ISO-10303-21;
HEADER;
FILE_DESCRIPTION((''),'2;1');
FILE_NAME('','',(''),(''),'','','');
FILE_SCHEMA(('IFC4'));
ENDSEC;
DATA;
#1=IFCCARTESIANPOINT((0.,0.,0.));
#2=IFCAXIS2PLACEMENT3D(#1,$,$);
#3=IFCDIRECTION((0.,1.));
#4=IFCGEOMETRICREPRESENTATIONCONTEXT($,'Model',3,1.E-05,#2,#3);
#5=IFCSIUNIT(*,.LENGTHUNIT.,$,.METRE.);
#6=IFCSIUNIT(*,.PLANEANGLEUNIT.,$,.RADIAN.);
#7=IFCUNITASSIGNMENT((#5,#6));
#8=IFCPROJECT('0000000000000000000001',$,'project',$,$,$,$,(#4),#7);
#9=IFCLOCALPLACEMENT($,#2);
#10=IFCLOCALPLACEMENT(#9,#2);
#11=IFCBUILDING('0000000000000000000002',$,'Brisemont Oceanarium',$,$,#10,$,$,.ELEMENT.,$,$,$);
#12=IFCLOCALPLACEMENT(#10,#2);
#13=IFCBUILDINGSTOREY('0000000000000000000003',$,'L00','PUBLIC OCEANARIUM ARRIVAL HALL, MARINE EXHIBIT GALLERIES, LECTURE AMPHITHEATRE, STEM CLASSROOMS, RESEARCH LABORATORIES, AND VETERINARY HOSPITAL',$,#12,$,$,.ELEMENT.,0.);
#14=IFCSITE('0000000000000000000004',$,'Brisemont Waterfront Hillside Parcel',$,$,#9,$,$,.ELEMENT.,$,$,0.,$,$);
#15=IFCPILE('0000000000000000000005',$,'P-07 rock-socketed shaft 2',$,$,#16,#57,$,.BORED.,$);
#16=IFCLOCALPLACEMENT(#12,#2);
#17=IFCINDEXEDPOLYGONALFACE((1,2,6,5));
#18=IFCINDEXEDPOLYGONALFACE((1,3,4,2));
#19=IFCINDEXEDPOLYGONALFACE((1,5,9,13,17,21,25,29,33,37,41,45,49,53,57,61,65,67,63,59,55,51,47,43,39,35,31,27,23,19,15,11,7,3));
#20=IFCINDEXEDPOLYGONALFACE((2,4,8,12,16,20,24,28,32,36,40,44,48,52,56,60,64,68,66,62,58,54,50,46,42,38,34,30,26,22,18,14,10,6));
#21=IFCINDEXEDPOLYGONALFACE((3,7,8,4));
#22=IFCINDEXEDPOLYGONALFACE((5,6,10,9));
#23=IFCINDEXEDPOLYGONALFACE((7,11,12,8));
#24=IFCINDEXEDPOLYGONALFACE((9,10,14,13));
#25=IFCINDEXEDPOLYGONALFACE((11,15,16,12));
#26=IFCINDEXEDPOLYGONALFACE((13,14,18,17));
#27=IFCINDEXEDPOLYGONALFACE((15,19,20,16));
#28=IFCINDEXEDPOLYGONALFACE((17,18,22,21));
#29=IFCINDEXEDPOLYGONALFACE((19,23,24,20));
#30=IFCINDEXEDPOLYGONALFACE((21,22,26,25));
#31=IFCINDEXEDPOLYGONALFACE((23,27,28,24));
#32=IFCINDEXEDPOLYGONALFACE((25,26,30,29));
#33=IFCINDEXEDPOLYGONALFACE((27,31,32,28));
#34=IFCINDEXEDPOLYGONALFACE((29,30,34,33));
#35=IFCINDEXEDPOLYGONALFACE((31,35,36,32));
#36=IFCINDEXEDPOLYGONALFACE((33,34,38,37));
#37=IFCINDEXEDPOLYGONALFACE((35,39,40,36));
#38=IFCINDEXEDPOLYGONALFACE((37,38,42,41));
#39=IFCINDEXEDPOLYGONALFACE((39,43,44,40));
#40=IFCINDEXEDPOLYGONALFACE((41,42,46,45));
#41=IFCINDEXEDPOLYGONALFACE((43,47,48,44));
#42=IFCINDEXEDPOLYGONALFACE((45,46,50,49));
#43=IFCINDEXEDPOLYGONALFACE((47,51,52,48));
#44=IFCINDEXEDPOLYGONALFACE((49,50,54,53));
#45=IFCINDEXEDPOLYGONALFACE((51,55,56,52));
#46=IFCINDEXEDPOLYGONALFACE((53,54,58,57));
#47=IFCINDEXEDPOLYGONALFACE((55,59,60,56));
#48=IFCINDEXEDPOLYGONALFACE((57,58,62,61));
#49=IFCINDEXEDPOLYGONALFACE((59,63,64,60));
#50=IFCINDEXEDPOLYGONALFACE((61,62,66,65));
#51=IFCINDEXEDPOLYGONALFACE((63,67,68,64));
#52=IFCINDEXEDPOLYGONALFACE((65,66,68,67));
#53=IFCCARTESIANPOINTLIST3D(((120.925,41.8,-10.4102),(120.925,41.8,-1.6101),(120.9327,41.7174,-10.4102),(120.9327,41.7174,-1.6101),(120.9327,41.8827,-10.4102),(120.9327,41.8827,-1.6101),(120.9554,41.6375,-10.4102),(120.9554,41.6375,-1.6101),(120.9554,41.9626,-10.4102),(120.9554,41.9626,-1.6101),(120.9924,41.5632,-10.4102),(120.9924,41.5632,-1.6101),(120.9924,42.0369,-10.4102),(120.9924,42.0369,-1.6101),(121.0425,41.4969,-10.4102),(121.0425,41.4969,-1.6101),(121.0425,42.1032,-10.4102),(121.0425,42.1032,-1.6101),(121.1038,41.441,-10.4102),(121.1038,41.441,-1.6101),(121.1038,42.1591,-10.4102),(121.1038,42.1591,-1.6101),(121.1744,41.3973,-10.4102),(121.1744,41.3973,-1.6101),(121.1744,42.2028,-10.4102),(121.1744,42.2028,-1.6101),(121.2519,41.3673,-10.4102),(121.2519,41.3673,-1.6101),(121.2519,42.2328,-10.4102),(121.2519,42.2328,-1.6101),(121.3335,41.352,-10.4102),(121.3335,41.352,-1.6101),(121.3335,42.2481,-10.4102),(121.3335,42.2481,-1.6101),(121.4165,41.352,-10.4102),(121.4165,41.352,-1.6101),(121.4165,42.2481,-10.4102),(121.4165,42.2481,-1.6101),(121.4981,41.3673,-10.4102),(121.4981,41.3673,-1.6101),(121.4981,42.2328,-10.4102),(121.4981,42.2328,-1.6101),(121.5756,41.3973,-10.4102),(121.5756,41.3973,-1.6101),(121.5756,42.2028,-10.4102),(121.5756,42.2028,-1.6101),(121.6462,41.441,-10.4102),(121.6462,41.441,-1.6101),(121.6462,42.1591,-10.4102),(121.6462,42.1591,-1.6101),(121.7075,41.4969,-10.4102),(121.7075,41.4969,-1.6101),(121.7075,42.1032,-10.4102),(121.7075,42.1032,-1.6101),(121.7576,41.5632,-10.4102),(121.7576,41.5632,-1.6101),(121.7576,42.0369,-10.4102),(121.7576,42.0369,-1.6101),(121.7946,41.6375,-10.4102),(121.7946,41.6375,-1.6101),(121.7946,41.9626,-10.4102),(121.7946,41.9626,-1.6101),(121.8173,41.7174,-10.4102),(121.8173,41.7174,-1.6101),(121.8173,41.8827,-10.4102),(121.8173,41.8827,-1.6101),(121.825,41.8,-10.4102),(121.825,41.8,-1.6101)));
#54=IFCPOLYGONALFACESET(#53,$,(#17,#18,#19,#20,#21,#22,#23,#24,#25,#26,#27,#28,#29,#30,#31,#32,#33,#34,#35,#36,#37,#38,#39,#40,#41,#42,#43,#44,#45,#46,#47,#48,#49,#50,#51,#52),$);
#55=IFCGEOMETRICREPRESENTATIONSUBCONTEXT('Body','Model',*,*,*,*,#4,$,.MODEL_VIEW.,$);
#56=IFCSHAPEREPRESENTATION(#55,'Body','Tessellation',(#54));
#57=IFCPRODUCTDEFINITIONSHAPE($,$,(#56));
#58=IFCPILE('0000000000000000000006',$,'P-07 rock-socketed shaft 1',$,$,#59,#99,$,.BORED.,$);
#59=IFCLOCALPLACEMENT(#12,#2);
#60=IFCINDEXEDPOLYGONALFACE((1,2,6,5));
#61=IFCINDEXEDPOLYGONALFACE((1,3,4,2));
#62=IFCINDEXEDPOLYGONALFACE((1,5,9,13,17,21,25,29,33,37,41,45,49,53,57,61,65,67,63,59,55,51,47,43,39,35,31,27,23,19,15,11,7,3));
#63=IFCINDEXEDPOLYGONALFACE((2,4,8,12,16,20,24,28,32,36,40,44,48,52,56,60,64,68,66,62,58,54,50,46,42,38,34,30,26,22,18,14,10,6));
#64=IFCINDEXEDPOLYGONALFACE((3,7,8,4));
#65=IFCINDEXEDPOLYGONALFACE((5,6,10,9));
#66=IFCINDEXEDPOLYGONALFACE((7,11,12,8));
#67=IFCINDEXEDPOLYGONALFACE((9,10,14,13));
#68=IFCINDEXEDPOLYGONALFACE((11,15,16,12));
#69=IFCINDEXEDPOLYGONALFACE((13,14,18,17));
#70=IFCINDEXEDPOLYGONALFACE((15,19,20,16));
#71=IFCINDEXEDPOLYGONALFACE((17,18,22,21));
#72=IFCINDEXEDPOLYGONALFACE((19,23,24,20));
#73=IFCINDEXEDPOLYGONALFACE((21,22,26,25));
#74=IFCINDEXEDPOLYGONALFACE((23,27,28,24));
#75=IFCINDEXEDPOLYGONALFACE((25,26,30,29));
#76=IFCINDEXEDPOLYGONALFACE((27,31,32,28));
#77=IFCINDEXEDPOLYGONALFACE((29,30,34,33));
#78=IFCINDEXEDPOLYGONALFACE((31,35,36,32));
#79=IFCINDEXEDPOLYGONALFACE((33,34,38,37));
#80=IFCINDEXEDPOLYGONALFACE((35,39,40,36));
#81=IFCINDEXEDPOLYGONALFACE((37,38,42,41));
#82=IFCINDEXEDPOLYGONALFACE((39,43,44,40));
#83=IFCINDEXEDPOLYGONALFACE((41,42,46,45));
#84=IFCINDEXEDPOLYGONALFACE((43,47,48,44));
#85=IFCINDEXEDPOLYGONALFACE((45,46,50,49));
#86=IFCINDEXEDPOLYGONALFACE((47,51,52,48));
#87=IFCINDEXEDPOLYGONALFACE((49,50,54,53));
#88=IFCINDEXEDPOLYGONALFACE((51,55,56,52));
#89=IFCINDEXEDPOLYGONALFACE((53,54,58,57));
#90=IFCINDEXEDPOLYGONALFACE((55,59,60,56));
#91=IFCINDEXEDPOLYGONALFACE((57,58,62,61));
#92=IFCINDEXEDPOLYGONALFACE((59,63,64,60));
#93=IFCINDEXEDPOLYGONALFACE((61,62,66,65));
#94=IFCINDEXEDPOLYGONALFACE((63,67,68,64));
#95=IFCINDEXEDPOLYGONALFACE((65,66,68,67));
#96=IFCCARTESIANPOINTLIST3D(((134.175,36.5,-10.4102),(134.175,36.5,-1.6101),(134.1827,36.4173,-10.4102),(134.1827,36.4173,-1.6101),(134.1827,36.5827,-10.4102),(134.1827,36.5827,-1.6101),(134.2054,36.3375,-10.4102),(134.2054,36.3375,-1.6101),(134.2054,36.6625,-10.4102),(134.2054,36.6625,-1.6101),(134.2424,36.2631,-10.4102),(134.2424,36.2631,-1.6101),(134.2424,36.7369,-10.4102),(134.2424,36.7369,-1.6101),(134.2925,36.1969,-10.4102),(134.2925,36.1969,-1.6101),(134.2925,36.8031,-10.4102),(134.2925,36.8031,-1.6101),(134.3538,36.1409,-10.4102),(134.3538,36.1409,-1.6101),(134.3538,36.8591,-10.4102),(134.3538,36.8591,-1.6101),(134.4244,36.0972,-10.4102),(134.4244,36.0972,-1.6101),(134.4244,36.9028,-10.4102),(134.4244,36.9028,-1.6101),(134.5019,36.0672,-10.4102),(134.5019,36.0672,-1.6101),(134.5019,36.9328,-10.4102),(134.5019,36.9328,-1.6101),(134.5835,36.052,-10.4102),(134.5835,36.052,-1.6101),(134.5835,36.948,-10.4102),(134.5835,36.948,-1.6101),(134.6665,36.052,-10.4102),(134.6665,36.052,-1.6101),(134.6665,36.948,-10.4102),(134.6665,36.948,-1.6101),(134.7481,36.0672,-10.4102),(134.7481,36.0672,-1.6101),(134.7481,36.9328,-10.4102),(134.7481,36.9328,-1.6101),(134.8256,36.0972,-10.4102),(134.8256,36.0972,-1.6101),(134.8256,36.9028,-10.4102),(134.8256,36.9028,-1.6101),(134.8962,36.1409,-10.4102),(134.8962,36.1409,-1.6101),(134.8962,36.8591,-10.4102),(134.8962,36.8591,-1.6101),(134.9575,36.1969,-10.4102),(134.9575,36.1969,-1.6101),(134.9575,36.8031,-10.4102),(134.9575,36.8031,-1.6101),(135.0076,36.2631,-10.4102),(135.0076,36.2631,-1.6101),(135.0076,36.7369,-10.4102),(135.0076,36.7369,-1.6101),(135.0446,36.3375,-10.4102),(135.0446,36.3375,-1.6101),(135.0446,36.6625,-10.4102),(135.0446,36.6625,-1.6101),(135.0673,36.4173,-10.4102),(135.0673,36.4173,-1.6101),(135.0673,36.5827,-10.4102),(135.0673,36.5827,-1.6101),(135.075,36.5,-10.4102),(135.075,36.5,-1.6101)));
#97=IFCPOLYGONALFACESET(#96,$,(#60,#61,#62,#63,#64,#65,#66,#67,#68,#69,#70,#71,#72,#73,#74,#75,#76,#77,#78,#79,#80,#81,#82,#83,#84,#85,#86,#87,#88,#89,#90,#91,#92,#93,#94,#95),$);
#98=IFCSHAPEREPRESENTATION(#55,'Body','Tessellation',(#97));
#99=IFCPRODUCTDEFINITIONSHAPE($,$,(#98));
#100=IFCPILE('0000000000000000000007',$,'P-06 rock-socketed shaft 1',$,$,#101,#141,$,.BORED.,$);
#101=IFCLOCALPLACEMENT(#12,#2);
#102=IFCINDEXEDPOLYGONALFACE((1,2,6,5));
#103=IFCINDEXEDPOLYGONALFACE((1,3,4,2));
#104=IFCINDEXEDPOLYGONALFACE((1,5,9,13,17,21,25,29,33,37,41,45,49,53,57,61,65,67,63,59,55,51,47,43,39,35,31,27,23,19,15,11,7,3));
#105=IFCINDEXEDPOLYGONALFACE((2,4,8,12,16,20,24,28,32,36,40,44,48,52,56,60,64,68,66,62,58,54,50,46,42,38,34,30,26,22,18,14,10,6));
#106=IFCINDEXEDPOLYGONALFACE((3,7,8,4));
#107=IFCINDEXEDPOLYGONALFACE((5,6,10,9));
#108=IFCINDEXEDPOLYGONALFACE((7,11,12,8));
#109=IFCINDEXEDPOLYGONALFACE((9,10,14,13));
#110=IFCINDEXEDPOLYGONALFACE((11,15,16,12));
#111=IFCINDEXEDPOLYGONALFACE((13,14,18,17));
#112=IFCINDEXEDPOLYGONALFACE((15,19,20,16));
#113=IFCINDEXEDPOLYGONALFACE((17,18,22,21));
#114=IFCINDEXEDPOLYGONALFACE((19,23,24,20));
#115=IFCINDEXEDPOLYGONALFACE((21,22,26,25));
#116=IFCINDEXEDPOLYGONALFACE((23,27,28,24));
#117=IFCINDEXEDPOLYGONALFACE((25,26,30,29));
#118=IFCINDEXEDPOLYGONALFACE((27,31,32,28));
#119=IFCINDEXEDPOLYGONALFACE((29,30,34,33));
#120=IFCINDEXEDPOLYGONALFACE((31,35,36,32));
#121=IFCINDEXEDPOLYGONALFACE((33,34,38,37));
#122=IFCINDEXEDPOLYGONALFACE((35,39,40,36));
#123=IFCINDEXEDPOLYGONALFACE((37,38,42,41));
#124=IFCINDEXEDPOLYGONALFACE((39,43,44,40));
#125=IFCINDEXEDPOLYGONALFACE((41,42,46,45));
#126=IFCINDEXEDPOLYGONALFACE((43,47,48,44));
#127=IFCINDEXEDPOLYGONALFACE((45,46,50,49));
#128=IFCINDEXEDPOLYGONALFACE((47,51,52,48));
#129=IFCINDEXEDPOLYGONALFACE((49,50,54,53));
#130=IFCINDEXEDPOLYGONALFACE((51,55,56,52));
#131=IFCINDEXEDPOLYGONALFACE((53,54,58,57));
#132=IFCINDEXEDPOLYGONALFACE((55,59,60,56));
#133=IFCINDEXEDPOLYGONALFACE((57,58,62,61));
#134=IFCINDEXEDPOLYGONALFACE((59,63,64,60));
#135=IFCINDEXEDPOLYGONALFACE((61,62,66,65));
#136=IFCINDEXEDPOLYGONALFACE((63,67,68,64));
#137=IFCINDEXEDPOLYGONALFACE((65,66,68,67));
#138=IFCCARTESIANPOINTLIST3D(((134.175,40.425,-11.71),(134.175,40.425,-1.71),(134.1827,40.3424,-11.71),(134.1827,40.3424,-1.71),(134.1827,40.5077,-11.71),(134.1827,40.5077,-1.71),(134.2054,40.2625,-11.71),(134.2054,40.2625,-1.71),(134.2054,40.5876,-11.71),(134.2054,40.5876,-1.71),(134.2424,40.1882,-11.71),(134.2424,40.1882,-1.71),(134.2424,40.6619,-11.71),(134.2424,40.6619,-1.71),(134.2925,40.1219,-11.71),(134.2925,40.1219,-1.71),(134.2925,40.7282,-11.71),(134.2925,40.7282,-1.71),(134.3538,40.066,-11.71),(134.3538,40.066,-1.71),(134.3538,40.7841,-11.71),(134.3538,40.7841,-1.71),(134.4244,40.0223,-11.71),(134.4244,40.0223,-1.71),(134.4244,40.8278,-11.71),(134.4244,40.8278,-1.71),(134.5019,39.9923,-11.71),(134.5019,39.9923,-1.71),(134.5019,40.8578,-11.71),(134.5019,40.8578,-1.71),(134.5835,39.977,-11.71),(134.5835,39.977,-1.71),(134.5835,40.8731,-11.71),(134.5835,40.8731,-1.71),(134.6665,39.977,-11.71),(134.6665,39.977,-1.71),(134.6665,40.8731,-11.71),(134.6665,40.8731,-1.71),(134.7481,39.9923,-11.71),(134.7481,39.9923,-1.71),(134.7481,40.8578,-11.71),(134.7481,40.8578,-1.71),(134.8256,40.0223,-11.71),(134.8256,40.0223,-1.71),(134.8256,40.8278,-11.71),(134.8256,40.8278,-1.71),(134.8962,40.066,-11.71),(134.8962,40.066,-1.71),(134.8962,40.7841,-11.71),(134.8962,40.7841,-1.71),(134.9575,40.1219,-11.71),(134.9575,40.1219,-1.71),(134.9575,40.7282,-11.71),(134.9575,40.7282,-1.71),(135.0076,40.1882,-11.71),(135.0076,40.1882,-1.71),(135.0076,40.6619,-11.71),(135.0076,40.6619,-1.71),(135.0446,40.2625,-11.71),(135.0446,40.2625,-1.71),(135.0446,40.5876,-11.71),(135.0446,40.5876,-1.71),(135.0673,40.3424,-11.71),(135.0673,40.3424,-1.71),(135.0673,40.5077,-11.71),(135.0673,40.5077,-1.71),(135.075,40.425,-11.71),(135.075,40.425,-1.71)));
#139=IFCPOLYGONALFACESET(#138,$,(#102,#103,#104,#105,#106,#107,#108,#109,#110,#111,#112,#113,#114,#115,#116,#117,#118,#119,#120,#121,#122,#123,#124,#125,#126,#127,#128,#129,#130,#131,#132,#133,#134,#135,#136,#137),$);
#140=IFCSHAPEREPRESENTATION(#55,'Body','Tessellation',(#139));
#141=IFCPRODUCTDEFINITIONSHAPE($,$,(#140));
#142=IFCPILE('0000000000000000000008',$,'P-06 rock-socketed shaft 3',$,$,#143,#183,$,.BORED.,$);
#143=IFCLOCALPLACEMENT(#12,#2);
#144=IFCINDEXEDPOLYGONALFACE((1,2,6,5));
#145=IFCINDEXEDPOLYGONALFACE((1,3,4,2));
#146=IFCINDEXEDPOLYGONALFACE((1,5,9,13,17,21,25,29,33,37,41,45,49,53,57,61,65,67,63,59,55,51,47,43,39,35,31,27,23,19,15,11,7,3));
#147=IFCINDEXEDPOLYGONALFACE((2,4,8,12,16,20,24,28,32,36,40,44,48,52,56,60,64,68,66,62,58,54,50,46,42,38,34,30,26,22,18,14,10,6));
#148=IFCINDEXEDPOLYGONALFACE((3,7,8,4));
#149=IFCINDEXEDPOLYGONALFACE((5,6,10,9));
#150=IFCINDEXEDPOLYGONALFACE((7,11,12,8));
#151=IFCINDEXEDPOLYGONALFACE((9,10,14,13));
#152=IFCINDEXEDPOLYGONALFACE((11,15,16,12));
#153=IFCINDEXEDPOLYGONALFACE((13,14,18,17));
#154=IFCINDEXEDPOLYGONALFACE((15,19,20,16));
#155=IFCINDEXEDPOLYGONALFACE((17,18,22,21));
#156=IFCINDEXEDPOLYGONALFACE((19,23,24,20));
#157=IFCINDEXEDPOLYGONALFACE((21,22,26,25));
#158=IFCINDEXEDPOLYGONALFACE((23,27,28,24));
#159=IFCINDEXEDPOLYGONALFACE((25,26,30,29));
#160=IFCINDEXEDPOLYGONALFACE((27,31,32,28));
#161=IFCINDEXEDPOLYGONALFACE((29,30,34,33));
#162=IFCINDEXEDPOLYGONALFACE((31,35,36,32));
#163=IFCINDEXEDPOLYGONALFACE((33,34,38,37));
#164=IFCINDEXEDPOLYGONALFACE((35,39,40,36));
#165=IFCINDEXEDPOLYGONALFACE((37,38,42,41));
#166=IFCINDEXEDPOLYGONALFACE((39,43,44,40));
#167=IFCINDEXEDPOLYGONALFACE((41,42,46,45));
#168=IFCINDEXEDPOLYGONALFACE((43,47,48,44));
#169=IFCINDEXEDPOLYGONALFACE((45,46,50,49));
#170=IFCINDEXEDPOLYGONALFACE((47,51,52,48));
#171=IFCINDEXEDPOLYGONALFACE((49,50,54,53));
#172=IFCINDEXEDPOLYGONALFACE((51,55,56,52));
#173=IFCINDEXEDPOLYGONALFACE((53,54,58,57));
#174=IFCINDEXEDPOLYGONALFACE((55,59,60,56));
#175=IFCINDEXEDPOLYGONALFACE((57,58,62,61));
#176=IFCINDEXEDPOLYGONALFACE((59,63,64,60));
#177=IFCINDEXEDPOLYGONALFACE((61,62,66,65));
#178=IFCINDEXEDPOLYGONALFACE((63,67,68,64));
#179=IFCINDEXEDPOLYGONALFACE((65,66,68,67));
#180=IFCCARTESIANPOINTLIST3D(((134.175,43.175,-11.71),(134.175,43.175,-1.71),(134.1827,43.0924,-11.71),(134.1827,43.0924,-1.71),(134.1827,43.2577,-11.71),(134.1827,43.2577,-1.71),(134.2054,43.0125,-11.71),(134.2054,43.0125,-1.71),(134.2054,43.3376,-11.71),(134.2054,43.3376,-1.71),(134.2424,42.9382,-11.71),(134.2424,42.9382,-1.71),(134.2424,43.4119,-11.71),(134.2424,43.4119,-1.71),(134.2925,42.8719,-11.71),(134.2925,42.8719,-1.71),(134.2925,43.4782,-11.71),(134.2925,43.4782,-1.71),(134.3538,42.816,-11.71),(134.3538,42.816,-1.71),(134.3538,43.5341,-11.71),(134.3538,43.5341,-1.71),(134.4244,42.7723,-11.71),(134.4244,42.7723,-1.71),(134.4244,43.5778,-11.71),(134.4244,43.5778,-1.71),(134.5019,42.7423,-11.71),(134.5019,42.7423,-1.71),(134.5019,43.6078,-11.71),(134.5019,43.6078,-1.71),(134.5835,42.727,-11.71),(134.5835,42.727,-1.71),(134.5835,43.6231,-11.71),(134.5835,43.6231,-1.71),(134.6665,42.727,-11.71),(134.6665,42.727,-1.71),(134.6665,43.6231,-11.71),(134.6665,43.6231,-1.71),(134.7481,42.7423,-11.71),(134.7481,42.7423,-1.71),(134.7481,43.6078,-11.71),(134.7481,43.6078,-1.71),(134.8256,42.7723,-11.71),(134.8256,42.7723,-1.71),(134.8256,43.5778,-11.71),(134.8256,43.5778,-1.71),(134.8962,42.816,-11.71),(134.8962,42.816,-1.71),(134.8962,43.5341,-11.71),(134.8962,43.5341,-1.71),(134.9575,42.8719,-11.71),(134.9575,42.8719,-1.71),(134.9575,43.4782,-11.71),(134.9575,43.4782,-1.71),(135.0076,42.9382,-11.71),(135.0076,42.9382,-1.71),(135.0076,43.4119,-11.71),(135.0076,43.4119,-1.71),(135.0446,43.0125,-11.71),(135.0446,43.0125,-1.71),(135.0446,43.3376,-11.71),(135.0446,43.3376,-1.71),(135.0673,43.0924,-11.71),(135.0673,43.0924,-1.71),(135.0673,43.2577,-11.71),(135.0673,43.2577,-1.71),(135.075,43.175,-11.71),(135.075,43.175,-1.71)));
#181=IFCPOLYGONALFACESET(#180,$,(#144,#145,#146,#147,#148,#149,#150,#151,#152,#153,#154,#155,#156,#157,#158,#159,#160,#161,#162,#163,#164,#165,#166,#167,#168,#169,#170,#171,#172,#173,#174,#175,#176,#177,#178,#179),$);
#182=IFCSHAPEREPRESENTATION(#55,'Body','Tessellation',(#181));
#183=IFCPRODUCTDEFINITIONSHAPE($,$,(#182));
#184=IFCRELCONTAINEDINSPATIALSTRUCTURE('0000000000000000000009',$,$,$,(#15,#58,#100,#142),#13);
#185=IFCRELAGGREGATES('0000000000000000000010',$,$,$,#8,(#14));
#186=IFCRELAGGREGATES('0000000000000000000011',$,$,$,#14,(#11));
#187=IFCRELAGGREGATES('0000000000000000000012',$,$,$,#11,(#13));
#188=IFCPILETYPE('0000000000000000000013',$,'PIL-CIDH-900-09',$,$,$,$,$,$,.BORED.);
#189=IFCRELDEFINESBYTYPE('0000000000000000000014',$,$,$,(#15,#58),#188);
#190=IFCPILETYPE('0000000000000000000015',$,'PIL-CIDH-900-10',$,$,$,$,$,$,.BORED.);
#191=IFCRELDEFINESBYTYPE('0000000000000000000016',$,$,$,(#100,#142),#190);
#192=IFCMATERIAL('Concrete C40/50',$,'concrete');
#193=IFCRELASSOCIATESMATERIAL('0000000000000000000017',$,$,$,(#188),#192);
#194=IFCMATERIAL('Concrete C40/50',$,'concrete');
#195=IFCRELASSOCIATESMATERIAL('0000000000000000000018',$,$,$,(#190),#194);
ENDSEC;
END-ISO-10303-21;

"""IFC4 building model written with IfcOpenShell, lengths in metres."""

from ifc_helpers import new_model, si_unit, direction, frame, origin, origin_2d, place, context, subcontext, project, spatial, circle, extrude, material, material_profile, profile_set, type_object, element, save


model = new_model("IFC4")

# Units and contexts
model_context = context("Model", 3, precision=1e-05, world=origin(), true_north=direction((0.0, 1.0)))
body_context = subcontext(model_context, "Body", "Model", "MODEL_VIEW")
ifc_project = project(units=[si_unit("LENGTHUNIT", "METRE"), si_unit("PLANEANGLEUNIT", "RADIAN")], contexts=[model_context])

# Site, building, storey
site_placement = place(None, origin())
site = spatial("IfcSite", under=ifc_project, at=site_placement, Name="Brisemont Waterfront Hillside Parcel", CompositionType="ELEMENT", RefElevation=0.0)
building_placement = place(site_placement, origin())
building = spatial("IfcBuilding", under=site, at=building_placement, Name="Brisemont Oceanarium", CompositionType="ELEMENT")
storey_placement = place(building_placement, origin())
storey = spatial("IfcBuildingStorey", under=building, at=storey_placement, Name="L00", Description="PUBLIC OCEANARIUM ARRIVAL HALL, MARINE EXHIBIT GALLERIES, LECTURE AMPHITHEATRE, STEM CLASSROOMS, RESEARCH LABORATORIES, AND VETERINARY HOSPITAL", CompositionType="ELEMENT", Elevation=0.0)

# Piles
ifc_material_1 = material(Name="Concrete C40/50", Category="concrete")
ifc_material_profile_1 = material_profile(ifc_material_1, circle(Radius=0.45, at=origin_2d()), Name="CIDH-D900")
ifc_profile_set_1 = profile_set([ifc_material_profile_1], Name="Concrete C40/50")
pile_type_1 = type_object("IfcPileType", Name="PIL-CIDH-900-09", PredefinedType="BORED", material=ifc_profile_set_1)
for number, where, z_axis, x_axis, name in (
    (1, (121.375, 41.8, -1.6101), (0.0, 0.0, -1.0), (1.0, 0.0, 0.0), "P-07 rock-socketed shaft 2"),
    (2, (134.625, 36.5, -1.6101), (0.0, 0.0, -1.0), (1.0, 0.0, 0.0), "P-07 rock-socketed shaft 1"),
):
    element("IfcPile", number, at=place(storey_placement, frame(where, z_axis=z_axis, x_axis=x_axis)), inside=storey, type_object=pile_type_1, Name=name, PredefinedType="BORED", context=body_context, shape_type="SweptSolid", body=[
        extrude(circle(Radius=0.45, at=origin_2d()), origin(), (0.0, 0.0, 1.0), 8.8),
    ])
ifc_material_2 = material(Name="Concrete C40/50", Category="concrete")
ifc_material_profile_2 = material_profile(ifc_material_2, circle(Radius=0.45, at=origin_2d()), Name="CIDH-D900")
ifc_profile_set_2 = profile_set([ifc_material_profile_2], Name="Concrete C40/50")
pile_type_2 = type_object("IfcPileType", Name="PIL-CIDH-900-10", PredefinedType="BORED", material=ifc_profile_set_2)
for number, where, z_axis, x_axis, name in (
    (3, (134.625, 40.425, -1.71), (0.0, 0.0, -1.0), (1.0, 0.0, 0.0), "P-06 rock-socketed shaft 1"),
    (4, (134.625, 43.175, -1.71), (0.0, 0.0, -1.0), (1.0, 0.0, 0.0), "P-06 rock-socketed shaft 3"),
):
    element("IfcPile", number, at=place(storey_placement, frame(where, z_axis=z_axis, x_axis=x_axis)), inside=storey, type_object=pile_type_2, Name=name, PredefinedType="BORED", context=body_context, shape_type="SweptSolid", body=[
        extrude(circle(Radius=0.45, at=origin_2d()), origin(), (0.0, 0.0, 1.0), 10.0),
    ])

save(model, "model.ifc")
